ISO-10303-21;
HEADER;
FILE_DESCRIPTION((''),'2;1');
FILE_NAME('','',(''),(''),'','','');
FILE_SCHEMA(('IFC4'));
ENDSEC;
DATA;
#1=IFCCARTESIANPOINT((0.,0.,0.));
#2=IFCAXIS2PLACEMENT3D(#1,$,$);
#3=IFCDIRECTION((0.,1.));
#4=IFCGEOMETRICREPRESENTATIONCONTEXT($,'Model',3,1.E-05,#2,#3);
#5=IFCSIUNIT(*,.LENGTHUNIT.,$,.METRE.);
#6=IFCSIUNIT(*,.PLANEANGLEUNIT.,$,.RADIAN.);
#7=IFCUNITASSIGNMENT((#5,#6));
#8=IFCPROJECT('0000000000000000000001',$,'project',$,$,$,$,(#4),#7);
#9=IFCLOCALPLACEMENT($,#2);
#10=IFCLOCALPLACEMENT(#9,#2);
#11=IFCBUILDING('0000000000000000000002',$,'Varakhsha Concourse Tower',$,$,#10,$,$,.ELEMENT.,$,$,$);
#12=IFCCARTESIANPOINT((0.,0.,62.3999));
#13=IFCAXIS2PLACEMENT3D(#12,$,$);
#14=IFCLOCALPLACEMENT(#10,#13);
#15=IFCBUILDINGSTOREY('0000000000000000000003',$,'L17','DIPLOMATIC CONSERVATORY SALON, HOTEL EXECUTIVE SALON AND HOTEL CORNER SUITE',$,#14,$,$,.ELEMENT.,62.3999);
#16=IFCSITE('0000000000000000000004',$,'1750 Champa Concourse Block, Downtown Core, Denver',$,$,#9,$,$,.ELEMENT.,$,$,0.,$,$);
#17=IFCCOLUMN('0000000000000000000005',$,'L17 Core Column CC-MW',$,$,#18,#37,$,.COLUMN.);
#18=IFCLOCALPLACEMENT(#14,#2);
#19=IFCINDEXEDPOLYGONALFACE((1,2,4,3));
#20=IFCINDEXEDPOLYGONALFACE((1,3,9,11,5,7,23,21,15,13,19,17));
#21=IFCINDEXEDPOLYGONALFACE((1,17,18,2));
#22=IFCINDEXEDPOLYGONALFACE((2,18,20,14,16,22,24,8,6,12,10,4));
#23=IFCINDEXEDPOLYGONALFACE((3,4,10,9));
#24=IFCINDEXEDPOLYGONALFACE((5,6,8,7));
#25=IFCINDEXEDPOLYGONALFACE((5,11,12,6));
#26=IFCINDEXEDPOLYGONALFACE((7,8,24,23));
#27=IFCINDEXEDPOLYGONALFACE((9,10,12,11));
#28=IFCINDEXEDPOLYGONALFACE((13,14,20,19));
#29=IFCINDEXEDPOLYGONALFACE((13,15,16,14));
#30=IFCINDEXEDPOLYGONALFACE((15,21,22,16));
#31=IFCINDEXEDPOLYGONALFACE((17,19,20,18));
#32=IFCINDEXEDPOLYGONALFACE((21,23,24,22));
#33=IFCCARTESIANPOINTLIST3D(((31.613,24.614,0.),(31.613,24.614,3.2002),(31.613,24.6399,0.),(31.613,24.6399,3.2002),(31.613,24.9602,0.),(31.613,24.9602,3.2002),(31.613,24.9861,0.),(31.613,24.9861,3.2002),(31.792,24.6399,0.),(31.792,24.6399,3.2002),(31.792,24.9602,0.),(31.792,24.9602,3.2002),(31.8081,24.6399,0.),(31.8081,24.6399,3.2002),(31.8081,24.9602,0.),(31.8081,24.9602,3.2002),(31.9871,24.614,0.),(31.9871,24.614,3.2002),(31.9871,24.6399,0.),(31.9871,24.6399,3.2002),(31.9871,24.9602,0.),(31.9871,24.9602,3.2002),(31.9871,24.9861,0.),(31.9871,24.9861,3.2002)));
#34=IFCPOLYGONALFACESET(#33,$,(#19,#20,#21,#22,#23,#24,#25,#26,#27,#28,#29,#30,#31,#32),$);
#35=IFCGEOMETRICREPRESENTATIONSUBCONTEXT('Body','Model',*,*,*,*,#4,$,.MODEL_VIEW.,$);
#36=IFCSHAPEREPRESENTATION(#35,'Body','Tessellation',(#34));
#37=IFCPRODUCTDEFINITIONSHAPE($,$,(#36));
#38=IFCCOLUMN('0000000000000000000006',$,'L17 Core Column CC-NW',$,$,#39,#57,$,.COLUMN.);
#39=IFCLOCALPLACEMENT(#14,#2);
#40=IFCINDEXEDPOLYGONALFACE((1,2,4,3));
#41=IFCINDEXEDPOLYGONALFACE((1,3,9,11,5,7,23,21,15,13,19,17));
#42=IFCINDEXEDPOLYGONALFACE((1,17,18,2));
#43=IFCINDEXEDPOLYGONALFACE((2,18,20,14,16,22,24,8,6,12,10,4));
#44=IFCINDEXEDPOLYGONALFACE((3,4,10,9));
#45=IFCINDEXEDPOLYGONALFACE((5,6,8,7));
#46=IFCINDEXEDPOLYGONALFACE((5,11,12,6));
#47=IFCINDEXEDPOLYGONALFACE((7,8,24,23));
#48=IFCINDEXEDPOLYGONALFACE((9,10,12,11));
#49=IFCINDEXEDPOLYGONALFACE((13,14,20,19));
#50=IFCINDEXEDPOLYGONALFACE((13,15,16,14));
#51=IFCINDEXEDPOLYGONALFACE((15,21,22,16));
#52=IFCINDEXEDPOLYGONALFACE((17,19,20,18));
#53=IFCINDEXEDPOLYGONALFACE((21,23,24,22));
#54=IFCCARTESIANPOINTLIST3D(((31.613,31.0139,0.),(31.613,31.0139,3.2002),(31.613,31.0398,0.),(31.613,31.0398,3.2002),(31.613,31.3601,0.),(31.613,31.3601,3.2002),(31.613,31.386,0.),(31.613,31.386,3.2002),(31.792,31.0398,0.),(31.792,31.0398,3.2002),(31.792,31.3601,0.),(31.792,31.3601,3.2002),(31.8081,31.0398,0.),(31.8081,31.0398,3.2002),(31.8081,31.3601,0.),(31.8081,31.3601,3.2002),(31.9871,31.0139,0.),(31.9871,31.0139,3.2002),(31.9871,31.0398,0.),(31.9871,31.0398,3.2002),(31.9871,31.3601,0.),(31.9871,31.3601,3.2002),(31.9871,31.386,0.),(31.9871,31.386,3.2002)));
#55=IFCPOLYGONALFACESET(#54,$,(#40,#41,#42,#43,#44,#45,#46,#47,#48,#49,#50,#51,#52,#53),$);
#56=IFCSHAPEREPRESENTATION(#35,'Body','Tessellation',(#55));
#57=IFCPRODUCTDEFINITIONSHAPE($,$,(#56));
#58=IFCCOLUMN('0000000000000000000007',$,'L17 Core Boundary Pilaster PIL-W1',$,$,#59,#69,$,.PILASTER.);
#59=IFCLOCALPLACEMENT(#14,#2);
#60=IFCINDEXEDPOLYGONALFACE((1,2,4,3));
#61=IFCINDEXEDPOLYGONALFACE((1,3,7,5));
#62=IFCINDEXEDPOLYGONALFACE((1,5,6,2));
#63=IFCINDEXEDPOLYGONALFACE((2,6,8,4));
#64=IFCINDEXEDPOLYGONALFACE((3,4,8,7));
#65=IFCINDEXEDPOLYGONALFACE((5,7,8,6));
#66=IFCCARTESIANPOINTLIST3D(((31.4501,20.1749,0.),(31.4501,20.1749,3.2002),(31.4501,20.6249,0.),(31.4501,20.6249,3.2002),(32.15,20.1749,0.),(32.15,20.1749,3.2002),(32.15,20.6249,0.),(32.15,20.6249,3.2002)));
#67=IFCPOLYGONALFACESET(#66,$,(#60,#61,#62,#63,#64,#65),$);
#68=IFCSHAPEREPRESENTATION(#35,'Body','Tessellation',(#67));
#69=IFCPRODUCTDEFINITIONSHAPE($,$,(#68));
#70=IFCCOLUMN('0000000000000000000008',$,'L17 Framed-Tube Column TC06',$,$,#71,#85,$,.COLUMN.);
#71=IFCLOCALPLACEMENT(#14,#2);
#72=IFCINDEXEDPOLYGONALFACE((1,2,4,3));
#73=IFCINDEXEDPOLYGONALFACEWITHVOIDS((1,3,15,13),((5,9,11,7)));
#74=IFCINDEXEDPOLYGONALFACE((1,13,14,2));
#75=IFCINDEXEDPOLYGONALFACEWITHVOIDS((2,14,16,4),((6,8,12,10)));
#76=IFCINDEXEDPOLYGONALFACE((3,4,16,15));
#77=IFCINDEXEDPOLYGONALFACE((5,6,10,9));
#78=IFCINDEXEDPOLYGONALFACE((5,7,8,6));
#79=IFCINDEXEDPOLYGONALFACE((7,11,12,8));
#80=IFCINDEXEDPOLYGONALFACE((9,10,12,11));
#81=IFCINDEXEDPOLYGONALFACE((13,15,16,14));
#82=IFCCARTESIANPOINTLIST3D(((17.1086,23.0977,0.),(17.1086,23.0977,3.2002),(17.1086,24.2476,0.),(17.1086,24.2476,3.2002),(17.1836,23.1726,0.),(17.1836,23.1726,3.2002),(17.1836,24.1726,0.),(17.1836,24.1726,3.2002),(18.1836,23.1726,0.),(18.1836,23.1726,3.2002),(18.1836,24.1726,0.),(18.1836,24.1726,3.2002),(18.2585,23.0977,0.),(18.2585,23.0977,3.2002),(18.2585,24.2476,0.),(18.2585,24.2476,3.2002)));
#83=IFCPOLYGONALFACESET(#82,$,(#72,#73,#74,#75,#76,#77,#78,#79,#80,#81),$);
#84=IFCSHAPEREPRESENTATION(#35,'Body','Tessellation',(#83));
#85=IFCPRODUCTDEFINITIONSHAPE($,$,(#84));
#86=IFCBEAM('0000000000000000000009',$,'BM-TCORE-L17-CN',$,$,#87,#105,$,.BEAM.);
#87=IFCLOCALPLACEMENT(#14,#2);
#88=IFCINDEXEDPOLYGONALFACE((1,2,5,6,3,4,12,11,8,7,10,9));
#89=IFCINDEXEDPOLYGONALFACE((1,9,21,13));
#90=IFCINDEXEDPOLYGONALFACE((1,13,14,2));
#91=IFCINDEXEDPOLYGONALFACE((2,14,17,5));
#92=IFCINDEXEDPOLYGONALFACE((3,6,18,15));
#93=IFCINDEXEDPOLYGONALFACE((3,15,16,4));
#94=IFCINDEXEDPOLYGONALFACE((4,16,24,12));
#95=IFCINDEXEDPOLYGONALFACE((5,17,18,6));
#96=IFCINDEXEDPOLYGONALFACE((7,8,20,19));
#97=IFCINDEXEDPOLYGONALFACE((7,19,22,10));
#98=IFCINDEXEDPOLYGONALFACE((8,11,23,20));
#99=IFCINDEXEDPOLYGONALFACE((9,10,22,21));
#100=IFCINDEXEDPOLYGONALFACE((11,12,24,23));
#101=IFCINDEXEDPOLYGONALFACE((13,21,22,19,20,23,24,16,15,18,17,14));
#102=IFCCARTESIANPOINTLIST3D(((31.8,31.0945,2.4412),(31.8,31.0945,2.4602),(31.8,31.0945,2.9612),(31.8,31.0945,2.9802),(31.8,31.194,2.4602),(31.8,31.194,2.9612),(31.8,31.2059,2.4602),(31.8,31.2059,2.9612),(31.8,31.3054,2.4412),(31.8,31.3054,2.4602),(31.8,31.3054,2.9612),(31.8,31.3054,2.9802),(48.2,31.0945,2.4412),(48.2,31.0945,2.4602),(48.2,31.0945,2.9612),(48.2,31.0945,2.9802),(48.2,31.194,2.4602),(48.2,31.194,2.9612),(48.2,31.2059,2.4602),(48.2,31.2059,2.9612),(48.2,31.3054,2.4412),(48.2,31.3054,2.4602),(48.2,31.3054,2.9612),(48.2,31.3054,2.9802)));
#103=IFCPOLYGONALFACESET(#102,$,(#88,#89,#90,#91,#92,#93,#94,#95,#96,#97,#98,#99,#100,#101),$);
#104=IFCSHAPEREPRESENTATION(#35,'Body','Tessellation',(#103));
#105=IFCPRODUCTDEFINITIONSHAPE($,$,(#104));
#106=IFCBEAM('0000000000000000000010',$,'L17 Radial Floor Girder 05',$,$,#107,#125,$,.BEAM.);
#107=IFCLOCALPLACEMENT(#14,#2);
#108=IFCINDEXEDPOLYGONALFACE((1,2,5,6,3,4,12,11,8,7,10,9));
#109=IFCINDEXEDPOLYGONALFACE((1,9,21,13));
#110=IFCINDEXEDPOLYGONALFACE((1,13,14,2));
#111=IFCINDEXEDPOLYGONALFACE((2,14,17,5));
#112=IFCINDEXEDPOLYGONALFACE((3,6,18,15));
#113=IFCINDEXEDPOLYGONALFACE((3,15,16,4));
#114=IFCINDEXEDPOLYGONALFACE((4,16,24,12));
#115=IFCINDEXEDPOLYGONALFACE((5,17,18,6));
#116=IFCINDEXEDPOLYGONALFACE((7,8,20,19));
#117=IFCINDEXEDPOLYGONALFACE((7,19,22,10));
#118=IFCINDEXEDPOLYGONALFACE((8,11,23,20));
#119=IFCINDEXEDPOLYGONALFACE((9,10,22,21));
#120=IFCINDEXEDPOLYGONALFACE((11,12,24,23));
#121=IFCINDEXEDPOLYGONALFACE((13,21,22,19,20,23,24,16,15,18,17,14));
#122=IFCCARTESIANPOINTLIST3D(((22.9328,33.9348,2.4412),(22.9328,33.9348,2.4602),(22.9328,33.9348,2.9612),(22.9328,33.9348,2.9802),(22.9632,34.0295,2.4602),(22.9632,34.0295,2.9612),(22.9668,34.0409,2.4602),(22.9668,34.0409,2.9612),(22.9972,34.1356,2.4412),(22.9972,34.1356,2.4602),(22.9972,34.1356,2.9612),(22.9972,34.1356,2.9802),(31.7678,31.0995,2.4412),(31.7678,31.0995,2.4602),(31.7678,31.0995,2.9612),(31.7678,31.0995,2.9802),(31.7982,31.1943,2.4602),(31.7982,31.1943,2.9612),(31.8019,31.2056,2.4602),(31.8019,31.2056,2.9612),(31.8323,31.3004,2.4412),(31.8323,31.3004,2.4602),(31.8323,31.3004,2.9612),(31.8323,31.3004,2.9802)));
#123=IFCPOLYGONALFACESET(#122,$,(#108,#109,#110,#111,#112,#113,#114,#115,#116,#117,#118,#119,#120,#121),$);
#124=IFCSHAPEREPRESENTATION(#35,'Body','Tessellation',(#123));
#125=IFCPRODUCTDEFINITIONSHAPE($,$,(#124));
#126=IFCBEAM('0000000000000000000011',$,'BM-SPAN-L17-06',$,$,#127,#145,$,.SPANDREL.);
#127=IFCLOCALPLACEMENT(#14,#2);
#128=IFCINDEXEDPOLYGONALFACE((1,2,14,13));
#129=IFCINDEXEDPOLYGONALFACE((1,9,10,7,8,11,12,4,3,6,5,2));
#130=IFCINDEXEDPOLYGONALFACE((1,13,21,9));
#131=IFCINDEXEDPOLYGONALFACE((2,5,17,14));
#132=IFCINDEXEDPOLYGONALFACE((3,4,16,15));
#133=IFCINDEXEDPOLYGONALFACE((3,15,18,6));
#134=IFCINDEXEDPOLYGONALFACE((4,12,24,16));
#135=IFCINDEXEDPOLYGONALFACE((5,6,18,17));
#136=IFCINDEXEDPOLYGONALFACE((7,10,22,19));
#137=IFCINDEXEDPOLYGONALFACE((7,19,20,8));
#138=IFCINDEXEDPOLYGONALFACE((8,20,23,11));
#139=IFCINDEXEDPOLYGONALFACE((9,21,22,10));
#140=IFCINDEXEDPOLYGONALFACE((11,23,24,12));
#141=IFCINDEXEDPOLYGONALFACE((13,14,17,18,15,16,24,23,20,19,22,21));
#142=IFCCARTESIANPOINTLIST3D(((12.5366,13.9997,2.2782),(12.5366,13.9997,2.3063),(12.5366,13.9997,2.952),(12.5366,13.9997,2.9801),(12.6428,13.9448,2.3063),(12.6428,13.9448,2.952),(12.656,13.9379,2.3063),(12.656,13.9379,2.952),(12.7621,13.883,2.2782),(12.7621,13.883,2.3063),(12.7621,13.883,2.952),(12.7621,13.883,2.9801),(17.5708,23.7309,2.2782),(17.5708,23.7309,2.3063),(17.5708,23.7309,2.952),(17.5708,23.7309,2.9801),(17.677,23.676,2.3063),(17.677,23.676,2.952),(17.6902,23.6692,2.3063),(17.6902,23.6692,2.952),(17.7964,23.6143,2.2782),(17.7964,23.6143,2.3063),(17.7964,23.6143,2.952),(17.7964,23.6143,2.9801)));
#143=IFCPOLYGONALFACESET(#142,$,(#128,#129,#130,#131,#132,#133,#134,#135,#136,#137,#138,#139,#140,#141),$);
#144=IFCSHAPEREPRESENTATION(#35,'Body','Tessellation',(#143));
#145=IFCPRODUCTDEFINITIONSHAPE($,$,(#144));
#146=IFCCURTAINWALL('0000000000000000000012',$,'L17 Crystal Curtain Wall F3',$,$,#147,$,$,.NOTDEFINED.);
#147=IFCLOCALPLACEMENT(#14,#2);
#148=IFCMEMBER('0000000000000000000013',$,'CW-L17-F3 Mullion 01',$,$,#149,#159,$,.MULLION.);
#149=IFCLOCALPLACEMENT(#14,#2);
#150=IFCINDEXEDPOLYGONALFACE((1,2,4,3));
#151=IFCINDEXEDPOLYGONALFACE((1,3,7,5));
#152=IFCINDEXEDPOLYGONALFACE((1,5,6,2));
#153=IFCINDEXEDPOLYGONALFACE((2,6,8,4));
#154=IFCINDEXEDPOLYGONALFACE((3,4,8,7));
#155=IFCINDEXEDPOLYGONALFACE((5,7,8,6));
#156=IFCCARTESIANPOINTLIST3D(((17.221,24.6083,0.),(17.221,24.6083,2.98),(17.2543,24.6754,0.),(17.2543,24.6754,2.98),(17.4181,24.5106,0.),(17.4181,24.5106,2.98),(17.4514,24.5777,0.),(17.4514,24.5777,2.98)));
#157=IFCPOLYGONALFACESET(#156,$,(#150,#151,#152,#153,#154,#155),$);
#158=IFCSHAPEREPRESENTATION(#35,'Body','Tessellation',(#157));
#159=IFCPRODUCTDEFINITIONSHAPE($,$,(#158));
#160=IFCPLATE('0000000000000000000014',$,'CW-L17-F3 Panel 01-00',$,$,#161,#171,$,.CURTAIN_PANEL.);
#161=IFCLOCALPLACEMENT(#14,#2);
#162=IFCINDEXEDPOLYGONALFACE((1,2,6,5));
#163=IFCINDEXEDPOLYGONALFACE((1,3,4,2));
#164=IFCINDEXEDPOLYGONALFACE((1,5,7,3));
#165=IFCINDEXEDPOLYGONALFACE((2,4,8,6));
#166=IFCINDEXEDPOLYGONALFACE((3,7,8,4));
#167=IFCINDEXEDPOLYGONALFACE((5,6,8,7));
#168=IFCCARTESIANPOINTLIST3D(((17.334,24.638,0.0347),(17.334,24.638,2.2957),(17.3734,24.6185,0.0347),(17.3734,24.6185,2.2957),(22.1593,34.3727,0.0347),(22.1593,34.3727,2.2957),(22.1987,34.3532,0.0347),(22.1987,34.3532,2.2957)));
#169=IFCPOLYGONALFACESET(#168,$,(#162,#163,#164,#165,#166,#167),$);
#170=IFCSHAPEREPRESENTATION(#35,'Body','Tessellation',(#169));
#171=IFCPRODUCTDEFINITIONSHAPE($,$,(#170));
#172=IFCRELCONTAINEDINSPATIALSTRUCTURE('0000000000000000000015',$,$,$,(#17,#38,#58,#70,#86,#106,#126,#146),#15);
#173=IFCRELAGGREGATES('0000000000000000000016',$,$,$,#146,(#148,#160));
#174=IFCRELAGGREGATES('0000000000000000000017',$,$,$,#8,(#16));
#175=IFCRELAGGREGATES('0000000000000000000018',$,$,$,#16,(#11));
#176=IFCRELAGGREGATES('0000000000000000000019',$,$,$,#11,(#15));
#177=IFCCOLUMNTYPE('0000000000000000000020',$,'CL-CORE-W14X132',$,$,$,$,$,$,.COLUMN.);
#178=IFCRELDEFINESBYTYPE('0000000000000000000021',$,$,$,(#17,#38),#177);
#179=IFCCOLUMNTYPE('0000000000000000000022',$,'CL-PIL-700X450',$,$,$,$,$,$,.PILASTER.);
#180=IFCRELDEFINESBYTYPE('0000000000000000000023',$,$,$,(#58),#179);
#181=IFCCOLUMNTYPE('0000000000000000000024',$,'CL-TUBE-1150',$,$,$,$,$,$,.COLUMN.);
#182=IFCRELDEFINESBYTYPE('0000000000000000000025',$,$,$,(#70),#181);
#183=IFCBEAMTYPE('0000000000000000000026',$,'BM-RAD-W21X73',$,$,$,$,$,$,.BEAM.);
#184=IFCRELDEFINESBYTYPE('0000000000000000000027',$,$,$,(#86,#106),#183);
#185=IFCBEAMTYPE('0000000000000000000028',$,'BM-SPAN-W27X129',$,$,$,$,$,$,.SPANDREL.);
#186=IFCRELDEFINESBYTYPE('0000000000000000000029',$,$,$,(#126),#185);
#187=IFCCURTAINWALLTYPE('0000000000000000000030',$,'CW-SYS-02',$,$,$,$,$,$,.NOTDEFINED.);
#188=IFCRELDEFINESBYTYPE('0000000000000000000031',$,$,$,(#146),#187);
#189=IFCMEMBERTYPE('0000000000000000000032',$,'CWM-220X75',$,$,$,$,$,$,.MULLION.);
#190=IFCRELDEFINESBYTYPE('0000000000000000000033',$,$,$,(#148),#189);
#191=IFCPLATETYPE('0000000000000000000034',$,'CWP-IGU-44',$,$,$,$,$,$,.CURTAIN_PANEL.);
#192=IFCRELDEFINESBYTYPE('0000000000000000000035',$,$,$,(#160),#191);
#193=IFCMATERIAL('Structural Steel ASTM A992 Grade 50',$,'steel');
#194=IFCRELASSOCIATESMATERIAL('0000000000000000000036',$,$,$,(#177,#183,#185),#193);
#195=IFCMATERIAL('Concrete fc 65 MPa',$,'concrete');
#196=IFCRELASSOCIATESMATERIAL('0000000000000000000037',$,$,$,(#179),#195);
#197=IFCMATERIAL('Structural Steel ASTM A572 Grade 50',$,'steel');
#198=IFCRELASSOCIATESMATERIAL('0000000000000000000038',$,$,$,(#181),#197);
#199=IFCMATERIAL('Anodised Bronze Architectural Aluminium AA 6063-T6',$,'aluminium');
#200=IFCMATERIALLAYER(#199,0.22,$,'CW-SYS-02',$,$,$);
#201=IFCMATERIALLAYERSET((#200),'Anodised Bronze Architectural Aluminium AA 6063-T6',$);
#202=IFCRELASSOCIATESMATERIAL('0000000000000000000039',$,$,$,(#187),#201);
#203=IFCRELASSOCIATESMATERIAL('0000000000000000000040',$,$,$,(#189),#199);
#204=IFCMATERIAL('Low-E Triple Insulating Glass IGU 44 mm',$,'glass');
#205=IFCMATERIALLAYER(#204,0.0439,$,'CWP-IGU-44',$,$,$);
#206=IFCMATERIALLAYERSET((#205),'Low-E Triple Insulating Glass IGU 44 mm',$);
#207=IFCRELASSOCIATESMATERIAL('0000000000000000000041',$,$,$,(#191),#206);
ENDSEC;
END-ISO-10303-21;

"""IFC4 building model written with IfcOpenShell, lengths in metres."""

from ifc_helpers import new_model, si_unit, direction, frame, origin, origin_2d, place, context, subcontext, project, spatial, rectangle, hollow_rectangle, i_section, extrude, source, transform, mapped, material, layer, layer_set, material_profile, profile_set, type_object, type_shapes, element, aggregate, save


model = new_model("IFC4")

# Units and contexts
model_context = context("Model", 3, precision=1e-05, world=origin(), true_north=direction((0.0, 1.0)))
body_context = subcontext(model_context, "Body", "Model", "MODEL_VIEW")
ifc_project = project(units=[si_unit("LENGTHUNIT", "METRE"), si_unit("PLANEANGLEUNIT", "RADIAN")], contexts=[model_context])

# Site, building, storey
site_placement = place(None, origin())
site = spatial("IfcSite", under=ifc_project, at=site_placement, Name="1750 Champa Concourse Block, Downtown Core, Denver", CompositionType="ELEMENT", RefElevation=0.0)
building_placement = place(site_placement, origin())
building = spatial("IfcBuilding", under=site, at=building_placement, Name="Varakhsha Concourse Tower", CompositionType="ELEMENT")
storey_placement = place(building_placement, frame((0.0, 0.0, 62.3999)))
storey = spatial("IfcBuildingStorey", under=building, at=storey_placement, Name="L17", Description="DIPLOMATIC CONSERVATORY SALON, HOTEL EXECUTIVE SALON AND HOTEL CORNER SUITE", CompositionType="ELEMENT", Elevation=62.3999)

# Columns
ifc_material_1 = material(Name="Structural Steel ASTM A992 Grade 50", Category="steel")
ifc_material_profile_1 = material_profile(ifc_material_1, i_section(OverallWidth=0.374, OverallDepth=0.3721, WebThickness=0.0161, FlangeThickness=0.0259, at=origin_2d()), Name="W14X132")
ifc_profile_set_1 = profile_set([ifc_material_profile_1], Name="Structural Steel ASTM A992 Grade 50")
column_type_1 = type_object("IfcColumnType", Name="CL-CORE-W14X132", PredefinedType="COLUMN", material=ifc_profile_set_1)
for number, where, z_axis, x_axis, name in (
    (1, (31.8, 24.8, 0.0), (0.0, 0.0, 1.0), (1.0, 0.0, 0.0), "L17 Core Column CC-MW"),
    (2, (31.8, 31.2, 0.0), (0.0, 0.0, 1.0), (1.0, 0.0, 0.0), "L17 Core Column CC-NW"),
):
    element("IfcColumn", number, at=place(storey_placement, frame(where, z_axis=z_axis, x_axis=x_axis)), inside=storey, type_object=column_type_1, Name=name, PredefinedType="COLUMN", context=body_context, shape_type="SweptSolid", body=[
        extrude(i_section(OverallWidth=0.374, OverallDepth=0.3721, WebThickness=0.0161, FlangeThickness=0.0259, at=origin_2d()), origin(), (0.0, 0.0, 1.0), 3.2002),
    ])
ifc_material_2 = material(Name="Concrete fc 65 MPa", Category="concrete")
ifc_material_profile_2 = material_profile(ifc_material_2, rectangle(XDim=0.7, YDim=0.45, at=origin_2d()), Name="RC 700x450")
ifc_profile_set_2 = profile_set([ifc_material_profile_2], Name="Concrete fc 65 MPa")
column_type_2 = type_object("IfcColumnType", Name="CL-PIL-700X450", PredefinedType="PILASTER", material=ifc_profile_set_2)
column_1_placement = place(storey_placement, frame((31.8, 20.3999, 0.0), z_axis=(0.0, 0.0, 1.0), x_axis=(1.0, 0.0, 0.0)))
element("IfcColumn", 3, at=column_1_placement, inside=storey, type_object=column_type_2, Name="L17 Core Boundary Pilaster PIL-W1", PredefinedType="PILASTER", context=body_context, shape_type="SweptSolid", body=[
    extrude(rectangle(XDim=0.7, YDim=0.45, at=origin_2d()), origin(), (0.0, 0.0, 1.0), 3.2002),
])
ifc_material_3 = material(Name="Structural Steel ASTM A572 Grade 50", Category="steel")
ifc_material_profile_3 = material_profile(ifc_material_3, hollow_rectangle(XDim=1.1499, YDim=1.1499, WallThickness=0.075, at=origin_2d()), Name="BOX 1150x1150x75")
ifc_profile_set_3 = profile_set([ifc_material_profile_3], Name="Structural Steel ASTM A572 Grade 50")
column_type_3 = type_object("IfcColumnType", Name="CL-TUBE-1150", PredefinedType="COLUMN", material=ifc_profile_set_3)
column_2_placement = place(storey_placement, frame((17.6836, 23.6726, 0.0), z_axis=(0.0, 0.0, 1.0), x_axis=(1.0, 0.0, 0.0)))
element("IfcColumn", 4, at=column_2_placement, inside=storey, type_object=column_type_3, Name="L17 Framed-Tube Column TC06", PredefinedType="COLUMN", context=body_context, shape_type="SweptSolid", body=[
    extrude(hollow_rectangle(XDim=1.1499, YDim=1.1499, WallThickness=0.075, at=origin_2d()), origin(), (0.0, 0.0, 1.0), 3.2002),
])

# Beams
ifc_material_profile_4 = material_profile(ifc_material_1, i_section(OverallWidth=0.2109, OverallDepth=0.5391, WebThickness=0.012, FlangeThickness=0.019, at=origin_2d()), Name="W21X73")
ifc_profile_set_4 = profile_set([ifc_material_profile_4], Name="Structural Steel ASTM A992 Grade 50")
beam_type_1 = type_object("IfcBeamType", Name="BM-RAD-W21X73", PredefinedType="BEAM", material=ifc_profile_set_4)
beam_1_placement = place(storey_placement, frame((31.8, 31.2, 2.7107), z_axis=(1.0, 0.0, 0.0), x_axis=(0.0, 1.0, 0.0)))
element("IfcBeam", 5, at=beam_1_placement, inside=storey, type_object=beam_type_1, Name="BM-TCORE-L17-CN", PredefinedType="BEAM", context=body_context, shape_type="SweptSolid", body=[
    extrude(i_section(OverallWidth=0.2109, OverallDepth=0.5391, WebThickness=0.012, FlangeThickness=0.019, at=origin_2d()), origin(), (0.0, 0.0, 1.0), 16.3999),
])
beam_2_placement = place(storey_placement, frame((31.8, 31.2, 2.7107), z_axis=(-0.952173, 0.305559, 0.0), x_axis=(-0.305559, -0.952173, 0.0)))
element("IfcBeam", 6, at=beam_2_placement, inside=storey, type_object=beam_type_1, Name="L17 Radial Floor Girder 05", PredefinedType="BEAM", context=body_context, shape_type="SweptSolid", body=[
    extrude(i_section(OverallWidth=0.2109, OverallDepth=0.5391, WebThickness=0.012, FlangeThickness=0.019, at=origin_2d()), origin(), (0.0, 0.0, 1.0), 9.2788),
])
ifc_material_profile_5 = material_profile(ifc_material_1, i_section(OverallWidth=0.2539, OverallDepth=0.7019, WebThickness=0.0149, FlangeThickness=0.0281, at=origin_2d()), Name="W27X129")
ifc_profile_set_5 = profile_set([ifc_material_profile_5], Name="Structural Steel ASTM A992 Grade 50")
beam_type_2 = type_object("IfcBeamType", Name="BM-SPAN-W27X129", PredefinedType="SPANDREL", material=ifc_profile_set_5)
beam_3_placement = place(storey_placement, frame((17.6836, 23.6726, 2.6292), z_axis=(-0.459481, -0.888188, 0.0), x_axis=(0.888188, -0.459481, 0.0)))
element("IfcBeam", 7, at=beam_3_placement, inside=storey, type_object=beam_type_2, Name="BM-SPAN-L17-06", PredefinedType="SPANDREL", context=body_context, shape_type="SweptSolid", body=[
    extrude(i_section(OverallWidth=0.2539, OverallDepth=0.7019, WebThickness=0.0149, FlangeThickness=0.0281, at=origin_2d()), origin(), (0.0, 0.0, 1.0), 10.9563),
])

# Curtain wall, member, plate
ifc_material_4 = material(Name="Anodised Bronze Architectural Aluminium AA 6063-T6", Category="aluminium")
ifc_layer_1 = layer(ifc_material_4, 0.22, Name="CW-SYS-02")
ifc_layer_set_1 = layer_set([ifc_layer_1], Name="Anodised Bronze Architectural Aluminium AA 6063-T6")
curtain_wall_type = type_object("IfcCurtainWallType", Name="CW-SYS-02", PredefinedType="NOTDEFINED", material=ifc_layer_set_1)
curtain_wall_placement = place(storey_placement, origin())
curtain_wall = element("IfcCurtainWall", 8, at=curtain_wall_placement, inside=storey, type_object=curtain_wall_type, Name="L17 Crystal Curtain Wall F3", PredefinedType="NOTDEFINED")
ifc_material_profile_6 = material_profile(ifc_material_4, rectangle(XDim=0.075, YDim=0.22, at=origin_2d()), Name="CWM-220X75")
ifc_profile_set_6 = profile_set([ifc_material_profile_6], Name="Anodised Bronze Architectural Aluminium AA 6063-T6")
member_type = type_object("IfcMemberType", Name="CWM-220X75", PredefinedType="MULLION", material=ifc_profile_set_6)
shared_shape_1 = source(origin(), body_context, "Body", "SweptSolid", [
    extrude(rectangle(XDim=0.075, YDim=0.22, at=origin_2d()), origin(), (0.0, 0.0, 1.0), 2.98),
])
type_shapes(member_type, [shared_shape_1])
member_placement = place(storey_placement, frame((17.3362, 24.593, 0.0), z_axis=(0.0, 0.0, 1.0), x_axis=(0.44411, 0.895972, 0.0)))
member = element("IfcMember", 9, at=member_placement, type_object=member_type, Name="CW-L17-F3 Mullion 01", PredefinedType="MULLION", context=body_context, shape_type="MappedRepresentation", body=[
    mapped(shared_shape_1, transform((0.0, 0.0, 0.0), scale=1.0)),
])
ifc_material_5 = material(Name="Low-E Triple Insulating Glass IGU 44 mm", Category="glass")
ifc_layer_2 = layer(ifc_material_5, 0.0439, Name="CWP-IGU-44")
ifc_layer_set_2 = layer_set([ifc_layer_2], Name="Low-E Triple Insulating Glass IGU 44 mm")
plate_type_1 = type_object("IfcPlateType", Name="CWP-IGU-44", PredefinedType="CURTAIN_PANEL", material=ifc_layer_set_2)
shared_shape_2 = source(origin(), body_context, "Body", "SweptSolid", [
    extrude(rectangle(XDim=10.865, YDim=0.0439, at=origin_2d()), origin(), (0.0, 0.0, 1.0), 2.261),
])
type_shapes(plate_type_1, [shared_shape_2])
plate_1_placement = place(storey_placement, frame((19.7664, 29.4956, 0.0347), z_axis=(0.0, 0.0, 1.0), x_axis=(0.44411, 0.895972, 0.0)))
plate_1 = element("IfcPlate", 10, at=plate_1_placement, type_object=plate_type_1, Name="CW-L17-F3 Panel 01-00", PredefinedType="CURTAIN_PANEL", context=body_context, shape_type="MappedRepresentation", body=[
    mapped(shared_shape_2, transform((0.0, 0.0, 0.0), scale=1.0)),
])
aggregate(curtain_wall, [member, plate_1])

save(model, "model.ifc")
